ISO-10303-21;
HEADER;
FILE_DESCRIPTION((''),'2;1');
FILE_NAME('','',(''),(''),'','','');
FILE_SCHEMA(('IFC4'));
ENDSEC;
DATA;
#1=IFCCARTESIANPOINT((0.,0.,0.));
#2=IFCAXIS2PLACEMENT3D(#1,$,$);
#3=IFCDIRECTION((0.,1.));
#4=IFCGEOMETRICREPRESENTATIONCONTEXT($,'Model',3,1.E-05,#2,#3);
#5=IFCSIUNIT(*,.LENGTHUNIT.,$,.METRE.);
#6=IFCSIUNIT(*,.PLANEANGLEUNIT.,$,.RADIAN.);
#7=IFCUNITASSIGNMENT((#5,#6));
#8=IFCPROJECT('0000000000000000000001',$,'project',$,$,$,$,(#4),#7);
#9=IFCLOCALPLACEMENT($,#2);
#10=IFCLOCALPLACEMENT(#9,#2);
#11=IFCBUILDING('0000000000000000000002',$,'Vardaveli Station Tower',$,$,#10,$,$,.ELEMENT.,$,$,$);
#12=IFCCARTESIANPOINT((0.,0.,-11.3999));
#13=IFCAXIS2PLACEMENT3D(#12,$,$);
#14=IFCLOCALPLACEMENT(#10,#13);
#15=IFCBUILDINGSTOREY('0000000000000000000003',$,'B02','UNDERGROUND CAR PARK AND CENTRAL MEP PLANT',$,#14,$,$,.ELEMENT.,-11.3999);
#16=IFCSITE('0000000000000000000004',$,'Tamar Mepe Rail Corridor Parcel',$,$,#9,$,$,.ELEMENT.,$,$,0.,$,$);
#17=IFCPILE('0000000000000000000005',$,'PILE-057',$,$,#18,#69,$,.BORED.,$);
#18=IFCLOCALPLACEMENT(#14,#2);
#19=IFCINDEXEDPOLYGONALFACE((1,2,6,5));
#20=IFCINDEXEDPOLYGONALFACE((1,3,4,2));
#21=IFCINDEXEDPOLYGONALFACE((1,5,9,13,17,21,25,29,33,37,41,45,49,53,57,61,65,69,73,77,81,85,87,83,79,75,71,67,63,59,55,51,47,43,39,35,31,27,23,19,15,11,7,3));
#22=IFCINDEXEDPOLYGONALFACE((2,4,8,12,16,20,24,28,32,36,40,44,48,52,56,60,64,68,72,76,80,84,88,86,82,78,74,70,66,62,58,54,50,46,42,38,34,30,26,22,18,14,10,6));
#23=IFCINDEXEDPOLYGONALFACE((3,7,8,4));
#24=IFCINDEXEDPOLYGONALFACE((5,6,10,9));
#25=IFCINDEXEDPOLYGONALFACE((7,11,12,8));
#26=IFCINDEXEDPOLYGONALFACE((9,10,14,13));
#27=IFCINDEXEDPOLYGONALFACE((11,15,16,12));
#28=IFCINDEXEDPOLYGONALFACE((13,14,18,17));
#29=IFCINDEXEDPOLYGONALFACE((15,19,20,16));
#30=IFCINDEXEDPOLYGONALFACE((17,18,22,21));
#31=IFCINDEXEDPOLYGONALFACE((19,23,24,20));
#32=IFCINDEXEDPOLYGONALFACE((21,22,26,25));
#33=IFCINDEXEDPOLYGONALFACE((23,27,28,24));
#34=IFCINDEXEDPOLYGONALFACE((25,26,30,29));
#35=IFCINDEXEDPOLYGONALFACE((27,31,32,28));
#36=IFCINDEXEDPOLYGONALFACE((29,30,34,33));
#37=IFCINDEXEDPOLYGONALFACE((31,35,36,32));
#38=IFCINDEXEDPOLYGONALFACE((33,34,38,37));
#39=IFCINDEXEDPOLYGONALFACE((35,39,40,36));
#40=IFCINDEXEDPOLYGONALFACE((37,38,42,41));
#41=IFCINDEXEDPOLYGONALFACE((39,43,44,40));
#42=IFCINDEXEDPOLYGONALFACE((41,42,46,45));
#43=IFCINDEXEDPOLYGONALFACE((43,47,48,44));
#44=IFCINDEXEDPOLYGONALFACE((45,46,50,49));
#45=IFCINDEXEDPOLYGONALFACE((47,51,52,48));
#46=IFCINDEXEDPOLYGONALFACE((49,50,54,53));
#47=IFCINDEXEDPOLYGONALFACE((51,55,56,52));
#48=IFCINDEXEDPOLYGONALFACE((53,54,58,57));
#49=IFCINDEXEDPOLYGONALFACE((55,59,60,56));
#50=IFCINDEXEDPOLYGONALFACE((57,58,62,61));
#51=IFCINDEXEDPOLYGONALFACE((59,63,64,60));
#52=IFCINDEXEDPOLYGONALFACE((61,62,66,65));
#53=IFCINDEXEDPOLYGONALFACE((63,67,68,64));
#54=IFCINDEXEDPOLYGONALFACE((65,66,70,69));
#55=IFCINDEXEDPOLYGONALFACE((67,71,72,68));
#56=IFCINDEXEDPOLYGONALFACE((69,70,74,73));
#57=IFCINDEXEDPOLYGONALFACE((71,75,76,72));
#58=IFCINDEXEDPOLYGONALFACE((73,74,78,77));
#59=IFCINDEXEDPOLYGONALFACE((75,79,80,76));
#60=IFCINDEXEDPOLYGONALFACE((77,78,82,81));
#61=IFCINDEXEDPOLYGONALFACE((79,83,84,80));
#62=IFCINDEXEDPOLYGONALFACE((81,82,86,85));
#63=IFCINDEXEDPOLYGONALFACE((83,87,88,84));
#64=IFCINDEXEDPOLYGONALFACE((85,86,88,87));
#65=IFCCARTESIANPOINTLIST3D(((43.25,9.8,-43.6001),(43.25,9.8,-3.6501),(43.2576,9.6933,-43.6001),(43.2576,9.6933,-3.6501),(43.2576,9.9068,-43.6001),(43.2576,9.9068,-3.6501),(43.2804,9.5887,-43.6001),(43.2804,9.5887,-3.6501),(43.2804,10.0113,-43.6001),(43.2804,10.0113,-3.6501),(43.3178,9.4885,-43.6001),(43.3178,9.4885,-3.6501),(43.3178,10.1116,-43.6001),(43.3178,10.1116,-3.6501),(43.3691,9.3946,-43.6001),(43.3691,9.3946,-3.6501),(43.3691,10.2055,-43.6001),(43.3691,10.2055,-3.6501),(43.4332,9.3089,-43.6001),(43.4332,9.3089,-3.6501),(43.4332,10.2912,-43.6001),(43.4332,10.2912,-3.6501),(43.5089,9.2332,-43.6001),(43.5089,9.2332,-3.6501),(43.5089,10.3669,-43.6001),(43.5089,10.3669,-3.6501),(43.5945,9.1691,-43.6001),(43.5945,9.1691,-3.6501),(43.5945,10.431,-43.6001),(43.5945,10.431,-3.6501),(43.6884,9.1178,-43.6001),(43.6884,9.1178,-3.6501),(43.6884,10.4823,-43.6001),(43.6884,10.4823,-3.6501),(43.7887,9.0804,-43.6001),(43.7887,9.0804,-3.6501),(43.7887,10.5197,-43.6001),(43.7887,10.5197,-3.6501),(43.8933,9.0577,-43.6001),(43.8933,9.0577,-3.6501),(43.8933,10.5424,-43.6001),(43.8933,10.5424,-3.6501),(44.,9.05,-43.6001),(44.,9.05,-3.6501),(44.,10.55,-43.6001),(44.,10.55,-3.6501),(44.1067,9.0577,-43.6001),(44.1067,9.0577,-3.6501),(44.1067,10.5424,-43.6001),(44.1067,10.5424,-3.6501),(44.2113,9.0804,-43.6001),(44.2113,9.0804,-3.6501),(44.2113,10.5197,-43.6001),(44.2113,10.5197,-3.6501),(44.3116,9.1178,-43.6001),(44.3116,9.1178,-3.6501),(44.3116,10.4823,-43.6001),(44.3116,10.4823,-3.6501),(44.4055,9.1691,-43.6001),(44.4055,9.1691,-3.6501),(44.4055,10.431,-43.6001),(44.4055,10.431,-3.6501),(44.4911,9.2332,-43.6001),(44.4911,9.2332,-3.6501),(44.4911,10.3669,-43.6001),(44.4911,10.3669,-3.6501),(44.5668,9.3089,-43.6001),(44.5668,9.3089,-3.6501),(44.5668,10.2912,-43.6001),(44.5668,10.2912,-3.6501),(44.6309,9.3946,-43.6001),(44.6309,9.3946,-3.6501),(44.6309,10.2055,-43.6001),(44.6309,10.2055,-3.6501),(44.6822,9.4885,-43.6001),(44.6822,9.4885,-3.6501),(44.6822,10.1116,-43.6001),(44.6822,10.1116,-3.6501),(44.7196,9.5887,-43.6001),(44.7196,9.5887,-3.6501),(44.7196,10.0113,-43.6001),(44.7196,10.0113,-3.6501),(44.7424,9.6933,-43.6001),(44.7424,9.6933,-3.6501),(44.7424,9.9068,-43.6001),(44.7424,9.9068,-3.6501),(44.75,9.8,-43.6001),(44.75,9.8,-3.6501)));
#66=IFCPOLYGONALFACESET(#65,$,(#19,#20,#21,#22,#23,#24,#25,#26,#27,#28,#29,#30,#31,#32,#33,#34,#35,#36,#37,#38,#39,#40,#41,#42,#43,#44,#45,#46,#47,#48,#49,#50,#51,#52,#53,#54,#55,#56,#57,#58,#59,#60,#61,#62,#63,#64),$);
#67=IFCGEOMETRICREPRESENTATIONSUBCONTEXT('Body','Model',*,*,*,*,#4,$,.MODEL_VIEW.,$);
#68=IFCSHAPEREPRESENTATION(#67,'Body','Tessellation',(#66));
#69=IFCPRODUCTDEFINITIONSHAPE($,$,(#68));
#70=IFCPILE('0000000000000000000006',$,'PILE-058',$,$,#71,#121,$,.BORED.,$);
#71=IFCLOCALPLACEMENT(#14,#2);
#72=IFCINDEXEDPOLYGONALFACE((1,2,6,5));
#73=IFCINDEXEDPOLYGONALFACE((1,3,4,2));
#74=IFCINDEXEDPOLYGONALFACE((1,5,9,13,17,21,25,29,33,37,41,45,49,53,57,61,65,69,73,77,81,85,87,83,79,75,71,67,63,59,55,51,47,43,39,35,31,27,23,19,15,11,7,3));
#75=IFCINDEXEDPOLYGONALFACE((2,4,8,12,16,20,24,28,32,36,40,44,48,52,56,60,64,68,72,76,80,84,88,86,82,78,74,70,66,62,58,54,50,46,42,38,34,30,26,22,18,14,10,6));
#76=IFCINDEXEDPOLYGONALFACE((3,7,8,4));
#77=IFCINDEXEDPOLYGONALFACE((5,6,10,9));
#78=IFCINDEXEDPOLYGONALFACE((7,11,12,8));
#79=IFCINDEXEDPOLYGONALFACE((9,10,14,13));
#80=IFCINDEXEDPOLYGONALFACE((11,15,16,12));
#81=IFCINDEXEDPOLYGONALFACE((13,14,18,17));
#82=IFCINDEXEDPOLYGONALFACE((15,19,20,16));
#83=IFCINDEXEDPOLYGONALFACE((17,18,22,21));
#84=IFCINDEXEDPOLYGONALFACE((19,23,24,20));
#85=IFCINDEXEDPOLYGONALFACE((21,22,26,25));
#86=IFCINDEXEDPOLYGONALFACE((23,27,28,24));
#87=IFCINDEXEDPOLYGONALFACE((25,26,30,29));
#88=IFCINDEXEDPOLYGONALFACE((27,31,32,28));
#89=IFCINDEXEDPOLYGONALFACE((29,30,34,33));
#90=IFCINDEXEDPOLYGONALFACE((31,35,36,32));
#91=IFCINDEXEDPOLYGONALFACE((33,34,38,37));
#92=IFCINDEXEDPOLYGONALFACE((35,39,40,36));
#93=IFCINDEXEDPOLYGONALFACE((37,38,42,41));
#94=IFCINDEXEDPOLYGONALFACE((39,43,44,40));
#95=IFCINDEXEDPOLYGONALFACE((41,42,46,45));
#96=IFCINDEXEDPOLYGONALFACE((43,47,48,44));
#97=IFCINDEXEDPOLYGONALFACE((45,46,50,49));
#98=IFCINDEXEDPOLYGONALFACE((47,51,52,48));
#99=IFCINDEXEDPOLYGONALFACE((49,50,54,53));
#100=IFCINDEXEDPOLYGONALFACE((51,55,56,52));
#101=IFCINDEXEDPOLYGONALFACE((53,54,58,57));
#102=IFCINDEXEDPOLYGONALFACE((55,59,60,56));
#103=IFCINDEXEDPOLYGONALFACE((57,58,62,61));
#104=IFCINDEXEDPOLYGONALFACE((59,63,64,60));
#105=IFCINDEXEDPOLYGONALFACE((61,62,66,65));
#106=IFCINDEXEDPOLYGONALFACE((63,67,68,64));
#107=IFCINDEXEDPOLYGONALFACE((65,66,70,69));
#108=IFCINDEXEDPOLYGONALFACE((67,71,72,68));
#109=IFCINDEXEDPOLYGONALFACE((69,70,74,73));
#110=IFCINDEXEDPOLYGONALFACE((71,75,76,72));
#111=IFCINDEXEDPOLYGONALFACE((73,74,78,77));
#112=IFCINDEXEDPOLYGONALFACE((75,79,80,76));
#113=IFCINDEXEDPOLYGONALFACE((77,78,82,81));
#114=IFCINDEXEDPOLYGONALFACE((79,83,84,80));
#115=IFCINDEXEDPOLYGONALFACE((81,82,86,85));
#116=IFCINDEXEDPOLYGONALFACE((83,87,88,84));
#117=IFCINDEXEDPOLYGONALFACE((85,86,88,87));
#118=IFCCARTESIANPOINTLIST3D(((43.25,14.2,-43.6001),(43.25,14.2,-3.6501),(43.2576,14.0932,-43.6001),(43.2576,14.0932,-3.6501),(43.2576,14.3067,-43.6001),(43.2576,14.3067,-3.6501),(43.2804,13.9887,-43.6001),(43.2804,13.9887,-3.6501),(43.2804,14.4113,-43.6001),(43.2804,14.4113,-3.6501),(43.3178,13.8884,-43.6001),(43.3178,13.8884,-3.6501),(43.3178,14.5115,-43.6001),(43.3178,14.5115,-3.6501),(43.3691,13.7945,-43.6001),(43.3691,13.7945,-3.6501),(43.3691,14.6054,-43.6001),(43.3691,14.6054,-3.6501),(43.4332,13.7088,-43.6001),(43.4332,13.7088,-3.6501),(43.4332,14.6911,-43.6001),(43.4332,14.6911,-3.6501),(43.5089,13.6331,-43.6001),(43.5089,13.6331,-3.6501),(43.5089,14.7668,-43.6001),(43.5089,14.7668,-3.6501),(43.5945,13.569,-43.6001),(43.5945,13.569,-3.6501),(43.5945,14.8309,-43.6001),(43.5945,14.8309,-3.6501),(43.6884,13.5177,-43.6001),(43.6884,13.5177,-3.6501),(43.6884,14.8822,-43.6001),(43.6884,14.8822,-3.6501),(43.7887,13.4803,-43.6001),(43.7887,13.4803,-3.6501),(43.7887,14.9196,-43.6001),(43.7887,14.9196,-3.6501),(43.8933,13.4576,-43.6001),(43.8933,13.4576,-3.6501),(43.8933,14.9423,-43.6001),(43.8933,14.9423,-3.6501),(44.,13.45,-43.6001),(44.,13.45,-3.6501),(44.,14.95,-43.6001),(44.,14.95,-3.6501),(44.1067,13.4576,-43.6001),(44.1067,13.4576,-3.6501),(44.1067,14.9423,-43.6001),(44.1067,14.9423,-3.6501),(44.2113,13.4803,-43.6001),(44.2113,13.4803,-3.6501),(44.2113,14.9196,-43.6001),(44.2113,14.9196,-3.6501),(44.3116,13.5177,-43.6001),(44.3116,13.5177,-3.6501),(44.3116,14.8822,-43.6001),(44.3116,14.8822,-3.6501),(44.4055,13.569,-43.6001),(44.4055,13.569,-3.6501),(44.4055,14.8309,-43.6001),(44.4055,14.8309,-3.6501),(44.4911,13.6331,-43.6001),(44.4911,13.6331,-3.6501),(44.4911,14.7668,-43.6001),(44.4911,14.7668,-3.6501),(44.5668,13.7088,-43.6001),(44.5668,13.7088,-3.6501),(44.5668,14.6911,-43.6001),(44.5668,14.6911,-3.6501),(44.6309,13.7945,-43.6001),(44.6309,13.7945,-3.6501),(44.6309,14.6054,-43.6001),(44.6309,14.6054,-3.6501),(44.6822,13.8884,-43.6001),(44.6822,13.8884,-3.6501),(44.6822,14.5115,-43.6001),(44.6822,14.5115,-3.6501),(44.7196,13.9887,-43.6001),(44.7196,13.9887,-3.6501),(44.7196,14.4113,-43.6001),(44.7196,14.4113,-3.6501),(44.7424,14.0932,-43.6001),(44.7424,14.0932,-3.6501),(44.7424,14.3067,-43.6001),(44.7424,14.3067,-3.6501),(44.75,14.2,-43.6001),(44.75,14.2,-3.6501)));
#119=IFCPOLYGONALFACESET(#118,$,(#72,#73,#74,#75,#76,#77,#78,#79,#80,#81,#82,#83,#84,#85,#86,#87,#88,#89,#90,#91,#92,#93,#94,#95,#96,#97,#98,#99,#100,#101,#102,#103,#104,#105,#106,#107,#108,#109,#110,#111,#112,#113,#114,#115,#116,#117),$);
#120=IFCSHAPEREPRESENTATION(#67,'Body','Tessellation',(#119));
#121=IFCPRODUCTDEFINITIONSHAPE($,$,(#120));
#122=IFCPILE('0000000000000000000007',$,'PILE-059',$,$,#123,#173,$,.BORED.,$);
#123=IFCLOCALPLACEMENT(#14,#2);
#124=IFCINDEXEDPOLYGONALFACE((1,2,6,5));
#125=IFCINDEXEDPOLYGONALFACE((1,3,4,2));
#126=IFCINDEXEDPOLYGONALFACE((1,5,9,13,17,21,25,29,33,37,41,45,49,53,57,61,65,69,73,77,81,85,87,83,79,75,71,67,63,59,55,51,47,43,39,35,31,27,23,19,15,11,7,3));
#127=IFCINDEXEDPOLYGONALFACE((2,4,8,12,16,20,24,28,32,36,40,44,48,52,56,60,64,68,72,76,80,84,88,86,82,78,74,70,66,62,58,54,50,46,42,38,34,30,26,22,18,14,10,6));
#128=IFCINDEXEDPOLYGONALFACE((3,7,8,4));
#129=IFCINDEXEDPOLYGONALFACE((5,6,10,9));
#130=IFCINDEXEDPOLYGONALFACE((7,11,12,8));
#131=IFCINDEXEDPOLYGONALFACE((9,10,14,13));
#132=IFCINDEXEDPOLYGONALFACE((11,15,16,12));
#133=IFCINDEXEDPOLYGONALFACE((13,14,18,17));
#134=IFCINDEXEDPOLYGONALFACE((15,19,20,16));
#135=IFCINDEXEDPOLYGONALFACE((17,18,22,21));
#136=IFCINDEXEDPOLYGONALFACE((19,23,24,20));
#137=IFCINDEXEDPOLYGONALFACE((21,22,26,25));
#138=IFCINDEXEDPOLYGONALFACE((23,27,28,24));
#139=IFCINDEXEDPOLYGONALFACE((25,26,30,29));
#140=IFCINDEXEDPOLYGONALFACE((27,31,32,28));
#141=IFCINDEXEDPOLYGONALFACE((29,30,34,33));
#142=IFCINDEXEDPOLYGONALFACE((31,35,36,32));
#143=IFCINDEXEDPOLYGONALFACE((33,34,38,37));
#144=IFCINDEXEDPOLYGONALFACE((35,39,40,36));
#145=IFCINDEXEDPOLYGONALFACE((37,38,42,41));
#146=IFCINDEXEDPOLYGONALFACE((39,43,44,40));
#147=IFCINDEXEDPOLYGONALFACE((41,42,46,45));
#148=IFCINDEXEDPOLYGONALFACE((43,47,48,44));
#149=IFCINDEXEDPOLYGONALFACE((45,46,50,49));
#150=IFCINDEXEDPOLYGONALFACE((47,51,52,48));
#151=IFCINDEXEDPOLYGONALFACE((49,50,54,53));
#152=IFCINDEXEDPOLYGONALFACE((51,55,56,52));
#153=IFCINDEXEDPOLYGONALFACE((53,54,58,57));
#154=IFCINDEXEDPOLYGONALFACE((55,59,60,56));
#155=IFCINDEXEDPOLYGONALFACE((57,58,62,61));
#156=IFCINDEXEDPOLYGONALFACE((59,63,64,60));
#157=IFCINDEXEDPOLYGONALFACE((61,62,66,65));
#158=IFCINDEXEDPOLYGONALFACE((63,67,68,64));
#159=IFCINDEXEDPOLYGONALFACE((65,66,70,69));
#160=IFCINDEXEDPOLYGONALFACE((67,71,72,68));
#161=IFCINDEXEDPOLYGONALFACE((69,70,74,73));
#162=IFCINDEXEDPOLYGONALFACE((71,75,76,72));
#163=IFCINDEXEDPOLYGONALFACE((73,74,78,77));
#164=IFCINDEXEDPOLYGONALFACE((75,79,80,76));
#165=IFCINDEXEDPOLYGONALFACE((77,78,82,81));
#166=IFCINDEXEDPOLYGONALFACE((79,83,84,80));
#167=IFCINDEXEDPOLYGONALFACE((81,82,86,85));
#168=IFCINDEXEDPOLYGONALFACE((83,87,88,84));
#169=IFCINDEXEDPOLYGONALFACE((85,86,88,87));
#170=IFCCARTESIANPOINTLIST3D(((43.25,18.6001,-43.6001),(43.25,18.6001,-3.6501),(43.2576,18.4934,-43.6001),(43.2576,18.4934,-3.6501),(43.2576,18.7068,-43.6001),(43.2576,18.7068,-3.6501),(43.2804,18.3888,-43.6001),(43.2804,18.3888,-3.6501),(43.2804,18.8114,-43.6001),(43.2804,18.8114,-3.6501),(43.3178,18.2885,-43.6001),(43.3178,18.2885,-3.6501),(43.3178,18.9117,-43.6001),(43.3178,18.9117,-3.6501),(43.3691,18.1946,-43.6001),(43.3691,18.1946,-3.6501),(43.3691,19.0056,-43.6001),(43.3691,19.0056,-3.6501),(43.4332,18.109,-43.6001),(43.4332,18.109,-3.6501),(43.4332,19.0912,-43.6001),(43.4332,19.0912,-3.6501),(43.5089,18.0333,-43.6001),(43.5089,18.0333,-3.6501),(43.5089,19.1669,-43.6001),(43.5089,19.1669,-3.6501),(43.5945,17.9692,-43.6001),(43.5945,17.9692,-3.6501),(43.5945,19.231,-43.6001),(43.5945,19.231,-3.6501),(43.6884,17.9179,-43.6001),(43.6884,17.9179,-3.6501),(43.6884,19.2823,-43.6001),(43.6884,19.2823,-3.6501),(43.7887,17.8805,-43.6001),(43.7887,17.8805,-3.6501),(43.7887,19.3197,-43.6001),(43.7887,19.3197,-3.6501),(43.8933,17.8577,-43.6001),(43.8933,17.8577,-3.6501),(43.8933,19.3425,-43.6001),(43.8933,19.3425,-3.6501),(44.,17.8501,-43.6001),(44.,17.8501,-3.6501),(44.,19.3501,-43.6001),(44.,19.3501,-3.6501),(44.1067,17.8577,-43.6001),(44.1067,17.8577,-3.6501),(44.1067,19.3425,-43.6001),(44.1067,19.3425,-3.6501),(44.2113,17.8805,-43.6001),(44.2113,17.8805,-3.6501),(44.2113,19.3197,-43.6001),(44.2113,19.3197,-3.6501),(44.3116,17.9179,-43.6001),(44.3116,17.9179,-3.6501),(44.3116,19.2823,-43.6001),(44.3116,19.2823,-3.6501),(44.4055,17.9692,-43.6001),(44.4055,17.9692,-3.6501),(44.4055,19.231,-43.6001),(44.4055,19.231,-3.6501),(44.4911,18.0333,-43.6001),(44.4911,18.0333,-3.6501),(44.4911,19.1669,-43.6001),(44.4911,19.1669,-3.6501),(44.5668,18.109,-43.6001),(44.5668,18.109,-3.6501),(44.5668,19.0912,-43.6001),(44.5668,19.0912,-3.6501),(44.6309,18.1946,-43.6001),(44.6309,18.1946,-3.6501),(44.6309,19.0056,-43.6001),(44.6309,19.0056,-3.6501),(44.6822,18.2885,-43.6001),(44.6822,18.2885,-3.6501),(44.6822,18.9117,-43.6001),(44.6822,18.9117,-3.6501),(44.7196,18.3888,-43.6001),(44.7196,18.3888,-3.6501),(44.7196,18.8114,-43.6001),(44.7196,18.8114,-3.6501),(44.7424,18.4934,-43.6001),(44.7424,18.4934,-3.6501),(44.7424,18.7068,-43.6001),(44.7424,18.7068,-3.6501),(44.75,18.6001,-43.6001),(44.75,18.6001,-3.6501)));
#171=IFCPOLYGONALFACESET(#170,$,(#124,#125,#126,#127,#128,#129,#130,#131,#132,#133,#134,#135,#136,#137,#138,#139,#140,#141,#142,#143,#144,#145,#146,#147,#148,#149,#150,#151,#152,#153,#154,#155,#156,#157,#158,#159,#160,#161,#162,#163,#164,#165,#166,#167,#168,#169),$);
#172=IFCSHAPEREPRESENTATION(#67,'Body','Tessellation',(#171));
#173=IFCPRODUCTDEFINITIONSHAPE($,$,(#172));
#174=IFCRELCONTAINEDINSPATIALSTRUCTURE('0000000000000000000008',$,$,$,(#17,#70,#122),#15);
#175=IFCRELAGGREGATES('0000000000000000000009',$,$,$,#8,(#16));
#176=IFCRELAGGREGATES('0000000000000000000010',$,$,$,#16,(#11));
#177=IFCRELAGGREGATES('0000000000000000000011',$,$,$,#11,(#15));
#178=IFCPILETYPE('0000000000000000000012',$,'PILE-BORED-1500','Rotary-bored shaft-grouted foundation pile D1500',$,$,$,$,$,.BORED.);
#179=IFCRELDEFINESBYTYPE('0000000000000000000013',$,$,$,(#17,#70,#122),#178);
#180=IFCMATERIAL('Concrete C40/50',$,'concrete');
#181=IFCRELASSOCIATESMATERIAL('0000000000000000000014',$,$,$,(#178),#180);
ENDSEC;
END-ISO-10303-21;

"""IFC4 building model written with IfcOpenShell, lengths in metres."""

from ifc_helpers import new_model, si_unit, direction, frame, origin, origin_2d, place, context, subcontext, project, spatial, circle, extrude, source, transform, mapped, material, material_profile, profile_set, type_object, element, save


model = new_model("IFC4")

# Units and contexts
model_context = context("Model", 3, precision=1e-05, world=origin(), true_north=direction((0.0, 1.0)))
body_context = subcontext(model_context, "Body", "Model", "MODEL_VIEW")
ifc_project = project(units=[si_unit("LENGTHUNIT", "METRE"), si_unit("PLANEANGLEUNIT", "RADIAN")], contexts=[model_context])

# Site, building, storey
site_placement = place(None, origin())
site = spatial("IfcSite", under=ifc_project, at=site_placement, Name="Tamar Mepe Rail Corridor Parcel", CompositionType="ELEMENT", RefElevation=0.0)
building_placement = place(site_placement, origin())
building = spatial("IfcBuilding", under=site, at=building_placement, Name="Vardaveli Station Tower", CompositionType="ELEMENT")
storey_placement = place(building_placement, frame((0.0, 0.0, -11.3999)))
storey = spatial("IfcBuildingStorey", under=building, at=storey_placement, Name="B02", Description="UNDERGROUND CAR PARK AND CENTRAL MEP PLANT", CompositionType="ELEMENT", Elevation=-11.3999)

# Piles
ifc_material_1 = material(Name="Concrete C40/50", Category="concrete")
ifc_material_profile_1 = material_profile(ifc_material_1, circle(Radius=0.75, at=origin_2d()), Name="PILE D1500")
ifc_profile_set_1 = profile_set([ifc_material_profile_1], Name="Concrete C40/50")
pile_type_1 = type_object("IfcPileType", Name="PILE-BORED-1500", Description="Rotary-bored shaft-grouted foundation pile D1500", PredefinedType="BORED", material=ifc_profile_set_1)
shared_shape_1 = source(origin(), body_context, "Body", "SweptSolid", [
    extrude(circle(Radius=0.75, at=origin_2d()), origin(), (0.0, 0.0, 1.0), 39.95),
])
for number, where, z_axis, x_axis, name in (
    (1, (44.0, 9.8, -3.6501), (0.0, 0.0, -1.0), (1.0, 0.0, 0.0), "PILE-057"),
    (2, (44.0, 14.2, -3.6501), (0.0, 0.0, -1.0), (1.0, 0.0, 0.0), "PILE-058"),
    (3, (44.0, 18.6001, -3.6501), (0.0, 0.0, -1.0), (1.0, 0.0, 0.0), "PILE-059"),
):
    element("IfcPile", number, at=place(storey_placement, frame(where, z_axis=z_axis, x_axis=x_axis)), inside=storey, type_object=pile_type_1, Name=name, PredefinedType="BORED", context=body_context, shape_type="MappedRepresentation", body=[
        mapped(shared_shape_1, transform((0.0, 0.0, 0.0), scale=1.0)),
    ])

save(model, "model.ifc")
